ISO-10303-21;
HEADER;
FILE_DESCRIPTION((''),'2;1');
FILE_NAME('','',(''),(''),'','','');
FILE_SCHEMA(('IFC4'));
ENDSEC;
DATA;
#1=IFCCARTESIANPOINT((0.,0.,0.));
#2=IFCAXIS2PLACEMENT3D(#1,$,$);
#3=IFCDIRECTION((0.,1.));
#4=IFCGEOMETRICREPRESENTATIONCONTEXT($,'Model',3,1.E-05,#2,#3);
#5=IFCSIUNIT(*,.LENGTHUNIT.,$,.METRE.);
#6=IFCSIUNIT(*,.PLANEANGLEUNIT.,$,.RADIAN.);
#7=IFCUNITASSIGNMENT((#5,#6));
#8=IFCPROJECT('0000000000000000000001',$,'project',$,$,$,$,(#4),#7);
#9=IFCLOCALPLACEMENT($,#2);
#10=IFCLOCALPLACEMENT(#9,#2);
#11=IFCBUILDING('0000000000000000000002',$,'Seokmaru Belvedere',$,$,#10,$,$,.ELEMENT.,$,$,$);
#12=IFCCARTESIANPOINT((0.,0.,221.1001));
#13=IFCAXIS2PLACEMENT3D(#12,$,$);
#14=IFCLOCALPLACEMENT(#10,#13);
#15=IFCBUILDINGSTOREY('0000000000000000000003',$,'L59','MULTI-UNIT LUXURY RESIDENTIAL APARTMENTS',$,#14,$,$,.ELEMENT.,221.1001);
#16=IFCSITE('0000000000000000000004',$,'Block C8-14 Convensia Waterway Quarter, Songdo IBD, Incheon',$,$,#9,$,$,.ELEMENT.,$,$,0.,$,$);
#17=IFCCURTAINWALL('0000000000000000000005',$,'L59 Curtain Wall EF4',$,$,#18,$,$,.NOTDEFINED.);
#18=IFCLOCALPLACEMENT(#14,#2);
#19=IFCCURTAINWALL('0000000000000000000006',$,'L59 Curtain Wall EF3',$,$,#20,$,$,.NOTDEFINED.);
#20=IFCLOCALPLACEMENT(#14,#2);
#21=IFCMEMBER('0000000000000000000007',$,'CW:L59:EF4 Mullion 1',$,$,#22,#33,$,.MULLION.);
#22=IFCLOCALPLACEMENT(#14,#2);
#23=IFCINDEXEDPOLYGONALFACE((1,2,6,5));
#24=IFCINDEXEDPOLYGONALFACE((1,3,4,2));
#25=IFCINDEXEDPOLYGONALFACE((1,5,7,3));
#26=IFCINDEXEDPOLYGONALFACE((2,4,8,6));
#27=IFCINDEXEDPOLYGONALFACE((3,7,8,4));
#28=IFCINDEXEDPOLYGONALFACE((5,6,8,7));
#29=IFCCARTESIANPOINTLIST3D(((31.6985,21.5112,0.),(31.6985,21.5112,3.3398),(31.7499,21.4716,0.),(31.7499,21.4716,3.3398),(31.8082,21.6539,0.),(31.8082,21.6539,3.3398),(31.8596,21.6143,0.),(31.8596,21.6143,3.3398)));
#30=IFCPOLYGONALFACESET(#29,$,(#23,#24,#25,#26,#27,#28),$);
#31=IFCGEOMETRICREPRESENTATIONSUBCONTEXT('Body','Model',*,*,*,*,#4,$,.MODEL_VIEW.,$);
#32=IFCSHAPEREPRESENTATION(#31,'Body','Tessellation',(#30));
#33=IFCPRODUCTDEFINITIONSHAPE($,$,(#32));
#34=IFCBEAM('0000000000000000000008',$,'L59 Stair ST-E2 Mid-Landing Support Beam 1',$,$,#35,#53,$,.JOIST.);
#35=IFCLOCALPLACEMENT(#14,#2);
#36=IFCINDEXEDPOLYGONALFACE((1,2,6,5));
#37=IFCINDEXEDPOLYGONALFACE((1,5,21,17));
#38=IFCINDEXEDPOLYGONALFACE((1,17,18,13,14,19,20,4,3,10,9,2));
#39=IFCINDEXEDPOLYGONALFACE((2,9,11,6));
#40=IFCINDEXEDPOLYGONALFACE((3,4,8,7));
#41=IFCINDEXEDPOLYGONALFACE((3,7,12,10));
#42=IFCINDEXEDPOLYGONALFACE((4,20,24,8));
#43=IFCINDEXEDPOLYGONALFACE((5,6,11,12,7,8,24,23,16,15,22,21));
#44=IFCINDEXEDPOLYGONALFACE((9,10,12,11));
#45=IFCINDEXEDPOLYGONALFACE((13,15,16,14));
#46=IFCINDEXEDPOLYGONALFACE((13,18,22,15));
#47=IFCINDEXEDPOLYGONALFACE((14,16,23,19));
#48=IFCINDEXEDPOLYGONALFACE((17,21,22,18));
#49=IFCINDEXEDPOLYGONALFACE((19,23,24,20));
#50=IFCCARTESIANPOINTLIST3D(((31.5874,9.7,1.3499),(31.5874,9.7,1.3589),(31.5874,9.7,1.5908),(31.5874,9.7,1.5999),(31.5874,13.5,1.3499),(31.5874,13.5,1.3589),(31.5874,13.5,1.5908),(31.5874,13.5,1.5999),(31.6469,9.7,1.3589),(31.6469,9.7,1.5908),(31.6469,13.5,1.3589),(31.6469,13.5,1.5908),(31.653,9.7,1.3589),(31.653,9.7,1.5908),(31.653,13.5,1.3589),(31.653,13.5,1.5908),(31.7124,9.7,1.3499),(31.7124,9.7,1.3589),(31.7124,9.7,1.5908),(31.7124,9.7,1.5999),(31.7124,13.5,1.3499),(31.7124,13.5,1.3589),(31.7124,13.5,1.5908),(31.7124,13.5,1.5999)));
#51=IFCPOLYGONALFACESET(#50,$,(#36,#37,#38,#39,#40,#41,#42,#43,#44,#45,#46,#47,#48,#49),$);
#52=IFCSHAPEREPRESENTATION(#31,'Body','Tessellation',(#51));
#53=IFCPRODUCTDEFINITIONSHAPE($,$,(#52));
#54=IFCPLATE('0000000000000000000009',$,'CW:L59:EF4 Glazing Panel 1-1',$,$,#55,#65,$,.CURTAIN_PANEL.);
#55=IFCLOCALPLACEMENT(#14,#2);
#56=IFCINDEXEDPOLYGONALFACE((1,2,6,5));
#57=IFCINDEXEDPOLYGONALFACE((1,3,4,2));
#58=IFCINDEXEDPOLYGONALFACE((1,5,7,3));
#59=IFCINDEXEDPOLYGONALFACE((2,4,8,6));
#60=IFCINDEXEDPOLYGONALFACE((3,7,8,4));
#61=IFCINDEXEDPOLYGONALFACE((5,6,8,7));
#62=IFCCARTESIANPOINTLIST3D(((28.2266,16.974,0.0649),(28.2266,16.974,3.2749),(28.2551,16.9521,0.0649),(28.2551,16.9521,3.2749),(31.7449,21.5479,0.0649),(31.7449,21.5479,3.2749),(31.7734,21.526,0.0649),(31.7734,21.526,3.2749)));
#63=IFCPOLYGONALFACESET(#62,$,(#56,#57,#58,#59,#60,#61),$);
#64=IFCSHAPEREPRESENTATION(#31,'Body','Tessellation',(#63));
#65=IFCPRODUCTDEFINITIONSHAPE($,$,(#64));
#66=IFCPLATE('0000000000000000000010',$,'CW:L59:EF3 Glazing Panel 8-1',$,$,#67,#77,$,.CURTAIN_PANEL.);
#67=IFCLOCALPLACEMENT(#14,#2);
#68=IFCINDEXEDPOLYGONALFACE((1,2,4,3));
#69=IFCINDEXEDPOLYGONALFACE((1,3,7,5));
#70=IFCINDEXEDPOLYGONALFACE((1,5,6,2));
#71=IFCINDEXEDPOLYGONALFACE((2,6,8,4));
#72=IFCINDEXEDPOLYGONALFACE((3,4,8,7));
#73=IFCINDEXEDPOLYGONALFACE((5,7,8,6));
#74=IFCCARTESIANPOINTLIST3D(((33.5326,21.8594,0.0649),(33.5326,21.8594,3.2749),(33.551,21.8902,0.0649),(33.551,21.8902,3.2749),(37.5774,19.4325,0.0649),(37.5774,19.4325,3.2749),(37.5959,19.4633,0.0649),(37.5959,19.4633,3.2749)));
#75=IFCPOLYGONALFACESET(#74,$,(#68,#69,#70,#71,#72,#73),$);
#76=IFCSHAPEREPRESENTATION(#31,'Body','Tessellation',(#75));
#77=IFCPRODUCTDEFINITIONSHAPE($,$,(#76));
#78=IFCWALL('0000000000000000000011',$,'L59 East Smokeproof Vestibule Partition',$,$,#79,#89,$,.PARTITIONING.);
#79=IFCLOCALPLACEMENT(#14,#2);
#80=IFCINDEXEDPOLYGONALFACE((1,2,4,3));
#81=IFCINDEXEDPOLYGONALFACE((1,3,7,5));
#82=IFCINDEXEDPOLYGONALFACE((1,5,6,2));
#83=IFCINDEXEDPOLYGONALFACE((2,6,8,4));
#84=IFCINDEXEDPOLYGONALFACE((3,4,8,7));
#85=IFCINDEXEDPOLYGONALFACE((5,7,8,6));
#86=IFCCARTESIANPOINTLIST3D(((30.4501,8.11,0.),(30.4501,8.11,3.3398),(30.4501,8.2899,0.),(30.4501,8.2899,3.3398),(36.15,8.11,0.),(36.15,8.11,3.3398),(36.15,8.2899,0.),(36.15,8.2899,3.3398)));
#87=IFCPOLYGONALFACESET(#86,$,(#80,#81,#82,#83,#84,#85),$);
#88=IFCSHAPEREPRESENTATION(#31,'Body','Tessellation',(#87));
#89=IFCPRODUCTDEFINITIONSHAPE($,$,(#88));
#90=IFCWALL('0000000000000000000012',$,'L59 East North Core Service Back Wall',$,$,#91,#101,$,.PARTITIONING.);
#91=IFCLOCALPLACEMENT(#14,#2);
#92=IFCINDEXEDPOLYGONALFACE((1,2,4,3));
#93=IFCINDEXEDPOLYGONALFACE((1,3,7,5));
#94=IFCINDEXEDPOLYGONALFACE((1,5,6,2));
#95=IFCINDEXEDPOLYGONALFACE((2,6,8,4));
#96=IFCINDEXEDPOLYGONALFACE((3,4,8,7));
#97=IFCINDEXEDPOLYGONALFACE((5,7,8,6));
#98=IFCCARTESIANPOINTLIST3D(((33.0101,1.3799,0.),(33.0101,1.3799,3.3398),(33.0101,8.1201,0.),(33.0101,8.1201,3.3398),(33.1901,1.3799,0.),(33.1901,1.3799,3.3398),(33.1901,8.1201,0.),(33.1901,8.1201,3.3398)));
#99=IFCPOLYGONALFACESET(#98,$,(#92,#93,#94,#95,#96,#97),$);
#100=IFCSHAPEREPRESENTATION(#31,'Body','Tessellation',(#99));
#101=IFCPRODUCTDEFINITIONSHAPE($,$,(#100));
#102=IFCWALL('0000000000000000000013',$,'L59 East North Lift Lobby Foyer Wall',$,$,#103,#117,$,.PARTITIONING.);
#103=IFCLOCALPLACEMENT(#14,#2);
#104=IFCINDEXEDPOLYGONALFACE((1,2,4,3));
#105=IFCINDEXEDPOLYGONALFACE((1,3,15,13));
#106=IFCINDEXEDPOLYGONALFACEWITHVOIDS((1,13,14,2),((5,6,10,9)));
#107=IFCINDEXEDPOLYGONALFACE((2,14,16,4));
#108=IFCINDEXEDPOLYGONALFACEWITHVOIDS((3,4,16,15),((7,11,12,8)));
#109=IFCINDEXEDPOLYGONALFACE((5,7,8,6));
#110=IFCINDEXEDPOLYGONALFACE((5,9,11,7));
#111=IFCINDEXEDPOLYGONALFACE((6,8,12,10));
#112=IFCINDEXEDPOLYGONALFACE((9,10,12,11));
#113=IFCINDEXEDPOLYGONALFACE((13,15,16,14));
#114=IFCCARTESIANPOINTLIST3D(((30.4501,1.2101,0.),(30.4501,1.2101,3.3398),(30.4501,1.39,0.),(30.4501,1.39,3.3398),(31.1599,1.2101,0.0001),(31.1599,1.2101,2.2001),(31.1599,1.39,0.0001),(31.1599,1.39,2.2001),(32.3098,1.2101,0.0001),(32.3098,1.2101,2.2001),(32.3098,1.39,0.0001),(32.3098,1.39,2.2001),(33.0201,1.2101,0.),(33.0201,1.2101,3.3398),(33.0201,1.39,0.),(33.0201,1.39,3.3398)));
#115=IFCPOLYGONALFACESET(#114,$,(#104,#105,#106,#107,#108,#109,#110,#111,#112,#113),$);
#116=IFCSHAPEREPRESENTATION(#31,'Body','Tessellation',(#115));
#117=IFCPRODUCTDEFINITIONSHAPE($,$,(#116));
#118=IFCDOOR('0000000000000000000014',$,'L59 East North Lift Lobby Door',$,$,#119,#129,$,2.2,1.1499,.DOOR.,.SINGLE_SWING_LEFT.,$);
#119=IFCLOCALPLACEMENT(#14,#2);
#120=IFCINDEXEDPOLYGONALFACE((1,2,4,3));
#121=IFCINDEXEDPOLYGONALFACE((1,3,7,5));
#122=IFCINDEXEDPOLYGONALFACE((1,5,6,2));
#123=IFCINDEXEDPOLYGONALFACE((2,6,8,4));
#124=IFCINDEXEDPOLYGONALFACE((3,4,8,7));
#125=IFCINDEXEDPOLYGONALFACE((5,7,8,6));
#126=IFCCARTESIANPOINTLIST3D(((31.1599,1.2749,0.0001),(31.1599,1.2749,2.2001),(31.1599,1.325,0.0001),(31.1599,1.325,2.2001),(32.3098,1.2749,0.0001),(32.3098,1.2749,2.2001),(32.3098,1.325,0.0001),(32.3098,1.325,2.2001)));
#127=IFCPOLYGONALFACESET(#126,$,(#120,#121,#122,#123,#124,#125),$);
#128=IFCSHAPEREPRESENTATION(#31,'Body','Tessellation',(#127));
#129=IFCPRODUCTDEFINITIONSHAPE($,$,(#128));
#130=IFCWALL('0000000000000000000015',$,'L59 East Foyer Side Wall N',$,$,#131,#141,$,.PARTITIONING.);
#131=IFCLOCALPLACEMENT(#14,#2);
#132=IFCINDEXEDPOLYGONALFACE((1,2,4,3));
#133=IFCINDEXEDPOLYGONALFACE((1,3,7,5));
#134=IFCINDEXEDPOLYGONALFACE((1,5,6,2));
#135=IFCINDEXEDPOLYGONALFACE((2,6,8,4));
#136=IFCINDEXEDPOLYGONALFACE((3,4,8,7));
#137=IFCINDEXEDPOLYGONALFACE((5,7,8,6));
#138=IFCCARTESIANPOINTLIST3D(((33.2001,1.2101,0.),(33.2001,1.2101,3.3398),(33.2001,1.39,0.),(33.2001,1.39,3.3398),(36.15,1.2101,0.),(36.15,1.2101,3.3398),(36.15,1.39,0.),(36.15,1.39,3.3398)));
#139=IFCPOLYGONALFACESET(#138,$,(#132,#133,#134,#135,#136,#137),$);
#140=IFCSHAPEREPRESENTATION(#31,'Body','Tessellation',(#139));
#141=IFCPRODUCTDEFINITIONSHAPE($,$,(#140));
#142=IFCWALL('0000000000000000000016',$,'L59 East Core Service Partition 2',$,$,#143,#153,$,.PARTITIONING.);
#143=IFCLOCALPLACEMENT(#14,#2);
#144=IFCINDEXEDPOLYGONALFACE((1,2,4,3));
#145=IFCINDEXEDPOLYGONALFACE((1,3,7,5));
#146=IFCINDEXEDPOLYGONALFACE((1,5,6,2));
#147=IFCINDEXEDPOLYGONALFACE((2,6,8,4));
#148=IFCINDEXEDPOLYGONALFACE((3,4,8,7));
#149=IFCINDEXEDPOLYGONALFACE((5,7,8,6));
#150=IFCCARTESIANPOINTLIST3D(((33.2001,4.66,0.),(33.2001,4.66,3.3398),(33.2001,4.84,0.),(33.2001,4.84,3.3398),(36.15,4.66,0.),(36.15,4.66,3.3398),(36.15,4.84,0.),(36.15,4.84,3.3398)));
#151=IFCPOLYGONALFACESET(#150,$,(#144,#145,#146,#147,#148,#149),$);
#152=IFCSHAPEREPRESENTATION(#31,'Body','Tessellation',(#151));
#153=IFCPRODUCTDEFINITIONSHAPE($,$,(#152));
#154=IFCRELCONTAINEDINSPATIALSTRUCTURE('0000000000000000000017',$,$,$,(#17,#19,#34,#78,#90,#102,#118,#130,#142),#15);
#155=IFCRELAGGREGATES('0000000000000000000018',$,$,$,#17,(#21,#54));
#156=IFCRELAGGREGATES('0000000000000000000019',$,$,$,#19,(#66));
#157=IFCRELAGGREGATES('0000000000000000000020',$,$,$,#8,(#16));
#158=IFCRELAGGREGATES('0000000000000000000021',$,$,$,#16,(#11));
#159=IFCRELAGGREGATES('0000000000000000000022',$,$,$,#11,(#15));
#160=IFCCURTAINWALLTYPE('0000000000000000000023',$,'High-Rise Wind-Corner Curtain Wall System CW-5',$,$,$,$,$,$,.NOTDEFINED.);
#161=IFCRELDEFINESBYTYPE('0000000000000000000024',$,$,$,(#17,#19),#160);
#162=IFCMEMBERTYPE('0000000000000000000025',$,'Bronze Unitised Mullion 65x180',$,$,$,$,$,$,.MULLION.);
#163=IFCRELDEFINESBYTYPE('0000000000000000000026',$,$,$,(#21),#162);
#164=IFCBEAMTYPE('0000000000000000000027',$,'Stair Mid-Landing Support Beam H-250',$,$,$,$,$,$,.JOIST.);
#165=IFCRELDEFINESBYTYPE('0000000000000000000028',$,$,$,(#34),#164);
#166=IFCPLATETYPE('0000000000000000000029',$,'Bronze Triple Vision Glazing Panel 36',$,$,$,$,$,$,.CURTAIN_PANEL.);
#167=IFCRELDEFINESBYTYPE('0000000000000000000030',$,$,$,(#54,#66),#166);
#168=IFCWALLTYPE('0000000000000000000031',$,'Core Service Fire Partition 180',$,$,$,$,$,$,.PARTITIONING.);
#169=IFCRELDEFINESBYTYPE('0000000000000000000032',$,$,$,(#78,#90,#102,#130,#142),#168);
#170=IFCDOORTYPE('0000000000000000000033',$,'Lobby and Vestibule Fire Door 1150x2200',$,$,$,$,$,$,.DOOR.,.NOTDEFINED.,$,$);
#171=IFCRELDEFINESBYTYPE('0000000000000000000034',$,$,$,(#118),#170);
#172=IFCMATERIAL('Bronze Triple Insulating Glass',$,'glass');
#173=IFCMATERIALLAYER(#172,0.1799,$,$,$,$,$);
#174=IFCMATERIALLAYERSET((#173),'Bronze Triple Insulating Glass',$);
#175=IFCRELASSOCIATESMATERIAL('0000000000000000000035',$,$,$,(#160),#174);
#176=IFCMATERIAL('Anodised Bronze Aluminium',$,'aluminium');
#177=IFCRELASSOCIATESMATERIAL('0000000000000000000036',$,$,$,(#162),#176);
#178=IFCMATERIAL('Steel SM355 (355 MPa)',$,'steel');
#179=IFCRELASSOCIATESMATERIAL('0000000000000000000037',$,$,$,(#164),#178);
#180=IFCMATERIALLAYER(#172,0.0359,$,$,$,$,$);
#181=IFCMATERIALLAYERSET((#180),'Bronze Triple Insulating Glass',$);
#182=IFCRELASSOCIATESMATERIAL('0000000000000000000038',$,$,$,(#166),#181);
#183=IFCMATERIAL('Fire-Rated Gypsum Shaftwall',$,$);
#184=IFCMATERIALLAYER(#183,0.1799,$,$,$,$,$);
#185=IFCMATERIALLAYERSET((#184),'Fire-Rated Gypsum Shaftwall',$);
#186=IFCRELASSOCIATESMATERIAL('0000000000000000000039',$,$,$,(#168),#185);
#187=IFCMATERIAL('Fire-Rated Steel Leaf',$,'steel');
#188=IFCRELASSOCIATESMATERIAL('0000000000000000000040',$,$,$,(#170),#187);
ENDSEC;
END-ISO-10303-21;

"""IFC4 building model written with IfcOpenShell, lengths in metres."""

from ifc_helpers import new_model, si_unit, direction, frame, frame_2d, origin, origin_2d, place, context, subcontext, project, spatial, rectangle, i_section, extrude, source, transform, mapped, material, layer, layer_set, material_profile, profile_set, type_object, type_shapes, element, fill, aggregate, save


model = new_model("IFC4")

# Units and contexts
model_context = context("Model", 3, precision=1e-05, world=origin(), true_north=direction((0.0, 1.0)))
body_context = subcontext(model_context, "Body", "Model", "MODEL_VIEW")
ifc_project = project(units=[si_unit("LENGTHUNIT", "METRE"), si_unit("PLANEANGLEUNIT", "RADIAN")], contexts=[model_context])

# Site, building, storey
site_placement = place(None, origin())
site = spatial("IfcSite", under=ifc_project, at=site_placement, Name="Block C8-14 Convensia Waterway Quarter, Songdo IBD, Incheon", CompositionType="ELEMENT", RefElevation=0.0)
building_placement = place(site_placement, origin())
building = spatial("IfcBuilding", under=site, at=building_placement, Name="Seokmaru Belvedere", CompositionType="ELEMENT")
storey_placement = place(building_placement, frame((0.0, 0.0, 221.1001)))
storey = spatial("IfcBuildingStorey", under=building, at=storey_placement, Name="L59", Description="MULTI-UNIT LUXURY RESIDENTIAL APARTMENTS", CompositionType="ELEMENT", Elevation=221.1001)

# Shared definitions
ifc_material_1 = material(Name="Steel SM355 (355 MPa)", Category="steel")

# Curtain wall
ifc_material_2 = material(Name="Bronze Triple Insulating Glass", Category="glass")
ifc_layer_1 = layer(ifc_material_2, 0.1799)
ifc_layer_set_1 = layer_set([ifc_layer_1], Name="Bronze Triple Insulating Glass")
curtain_wall_type = type_object("IfcCurtainWallType", Name="High-Rise Wind-Corner Curtain Wall System CW-5", PredefinedType="NOTDEFINED", material=ifc_layer_set_1)
curtain_wall_1_placement = place(storey_placement, origin())
curtain_wall_1 = element("IfcCurtainWall", 1, at=curtain_wall_1_placement, inside=storey, type_object=curtain_wall_type, Name="L59 Curtain Wall EF4", PredefinedType="NOTDEFINED")
ifc_material_3 = material(Name="Anodised Bronze Aluminium", Category="aluminium")

# Curtain wall
curtain_wall_2_placement = place(storey_placement, origin())
curtain_wall_2 = element("IfcCurtainWall", 2, at=curtain_wall_2_placement, inside=storey, type_object=curtain_wall_type, Name="L59 Curtain Wall EF3", PredefinedType="NOTDEFINED")
ifc_material_profile_1 = material_profile(ifc_material_3, rectangle(XDim=0.0649, YDim=0.1799, at=origin_2d()), Name="CW-M-65x180")
ifc_profile_set_1 = profile_set([ifc_material_profile_1], Name="Anodised Bronze Aluminium")
member_type_1 = type_object("IfcMemberType", Name="Bronze Unitised Mullion 65x180", PredefinedType="MULLION", material=ifc_profile_set_1)
shared_shape_1 = source(origin(), body_context, "Body", "SweptSolid", [
    extrude(rectangle(XDim=0.0649, YDim=0.1799, at=origin_2d()), origin(), (0.0, 0.0, 1.0), 3.3398),
])
type_shapes(member_type_1, [shared_shape_1])

# Member
member_1_placement = place(storey_placement, frame((31.7791, 21.5627, 0.0), z_axis=(0.0, 0.0, 1.0), x_axis=(0.792631, -0.609701, 0.0)))
member_1 = element("IfcMember", 3, at=member_1_placement, type_object=member_type_1, Name="CW:L59:EF4 Mullion 1", PredefinedType="MULLION", context=body_context, shape_type="MappedRepresentation", body=[
    mapped(shared_shape_1, transform((0.0, 0.0, 0.0), scale=1.0)),
])

# Beam
ifc_material_profile_2 = material_profile(ifc_material_1, i_section(OverallWidth=0.125, OverallDepth=0.25, WebThickness=0.0061, FlangeThickness=0.009, at=origin_2d()), Name="H-250x125x6x9")
ifc_profile_set_2 = profile_set([ifc_material_profile_2], Name="Steel SM355 (355 MPa)")
beam_type_1 = type_object("IfcBeamType", Name="Stair Mid-Landing Support Beam H-250", PredefinedType="JOIST", material=ifc_profile_set_2)
shared_shape_2 = source(origin(), body_context, "Body", "SweptSolid", [
    extrude(i_section(OverallWidth=0.125, OverallDepth=0.25, WebThickness=0.0061, FlangeThickness=0.009, at=origin_2d()), origin(), (0.0, 0.0, 1.0), 3.8),
])
type_shapes(beam_type_1, [shared_shape_2])
beam_1_placement = place(storey_placement, frame((31.6499, 9.7, 1.4749), z_axis=(0.0, 1.0, 0.0), x_axis=(-1.0, 0.0, 0.0)))
element("IfcBeam", 4, at=beam_1_placement, inside=storey, type_object=beam_type_1, Name="L59 Stair ST-E2 Mid-Landing Support Beam 1", PredefinedType="JOIST", context=body_context, shape_type="MappedRepresentation", body=[
    mapped(shared_shape_2, transform((0.0, 0.0, 0.0), scale=1.0)),
])

# Plates
ifc_layer_2 = layer(ifc_material_2, 0.0359)
ifc_layer_set_2 = layer_set([ifc_layer_2], Name="Bronze Triple Insulating Glass")
plate_type = type_object("IfcPlateType", Name="Bronze Triple Vision Glazing Panel 36", PredefinedType="CURTAIN_PANEL", material=ifc_layer_set_2)
shared_shape_3 = source(origin(), body_context, "Body", "SweptSolid", [
    extrude(rectangle(XDim=5.7705, YDim=0.0359, at=origin_2d()), origin(), (0.0, 0.0, 1.0), 3.21),
])
plate_1_placement = place(storey_placement, frame((30.0, 19.25, 0.0649), z_axis=(0.0, 0.0, 1.0), x_axis=(-0.609701, -0.792631, 0.0)))
plate_1 = element("IfcPlate", 5, at=plate_1_placement, type_object=plate_type, Name="CW:L59:EF4 Glazing Panel 1-1", PredefinedType="CURTAIN_PANEL", context=body_context, shape_type="MappedRepresentation", body=[
    mapped(shared_shape_3, transform((0.0, 0.0, 0.0), scale=1.0)),
])
aggregate(curtain_wall_1, [member_1, plate_1])
shared_shape_4 = source(origin(), body_context, "Body", "SweptSolid", [
    extrude(rectangle(XDim=4.717, YDim=0.0359, at=origin_2d()), origin(), (0.0, 0.0, 1.0), 3.21),
])
type_shapes(plate_type, [shared_shape_3, shared_shape_4])
plate_2_placement = place(storey_placement, frame((35.5642, 20.6614, 0.0649), z_axis=(0.0, 0.0, 1.0), x_axis=(-0.857493, 0.514495, 0.0)))
plate_2 = element("IfcPlate", 6, at=plate_2_placement, type_object=plate_type, Name="CW:L59:EF3 Glazing Panel 8-1", PredefinedType="CURTAIN_PANEL", context=body_context, shape_type="MappedRepresentation", body=[
    mapped(shared_shape_4, transform((0.0, 0.0, 0.0), scale=1.0)),
])
aggregate(curtain_wall_2, [plate_2])

# Walls
ifc_material_4 = material(Name="Fire-Rated Gypsum Shaftwall")
ifc_layer_3 = layer(ifc_material_4, 0.1799)
ifc_layer_set_3 = layer_set([ifc_layer_3], Name="Fire-Rated Gypsum Shaftwall")
wall_type_1 = type_object("IfcWallType", Name="Core Service Fire Partition 180", PredefinedType="PARTITIONING", material=ifc_layer_set_3)
wall_1_placement = place(storey_placement, frame((30.45, 8.2, 0.0), z_axis=(0.0, 0.0, 1.0), x_axis=(1.0, 0.0, 0.0)))
element("IfcWall", 7, at=wall_1_placement, inside=storey, type_object=wall_type_1, Name="L59 East Smokeproof Vestibule Partition", PredefinedType="PARTITIONING", context=body_context, shape_type="SweptSolid", body=[
    extrude(rectangle(XDim=5.7, YDim=0.1799, at=frame_2d((2.8501, 0.0))), origin(), (0.0, 0.0, 1.0), 3.3398),
])
wall_2_placement = place(storey_placement, frame((33.1001, 1.3799, 0.0), z_axis=(0.0, 0.0, 1.0), x_axis=(0.0, 1.0, 0.0)))
element("IfcWall", 8, at=wall_2_placement, inside=storey, type_object=wall_type_1, Name="L59 East North Core Service Back Wall", PredefinedType="PARTITIONING", context=body_context, shape_type="SweptSolid", body=[
    extrude(rectangle(XDim=6.7402, YDim=0.1799, at=frame_2d((3.3701, 0.0))), origin(), (0.0, 0.0, 1.0), 3.3398),
])

# Wall, opening, door
wall_3_placement = place(storey_placement, frame((30.45, 1.3, 0.0), z_axis=(0.0, 0.0, 1.0), x_axis=(1.0, 0.0, 0.0)))
wall_3 = element("IfcWall", 9, at=wall_3_placement, inside=storey, type_object=wall_type_1, Name="L59 East North Lift Lobby Foyer Wall", PredefinedType="PARTITIONING", context=body_context, shape_type="SweptSolid", body=[
    extrude(rectangle(XDim=2.5701, YDim=0.1799, at=frame_2d((1.2852, 0.0))), origin(), (0.0, 0.0, 1.0), 3.3398),
])
opening_1_placement = place(wall_3_placement, frame((0.71, 0.0, 0.0)))
opening_1 = element("IfcOpeningElement", 10, at=opening_1_placement, cuts=wall_3, PredefinedType="OPENING", context=body_context, shape_type="SweptSolid", body=[
    extrude(rectangle(XDim=1.1499, YDim=2.2, at=frame_2d((0.575, 1.1001))), frame((0.0, 0.1001, 0.0), z_axis=(0.0, -1.0, 0.0), x_axis=(1.0, 0.0, 0.0)), (0.0, 0.0, 1.0), 0.2),
])
ifc_material_5 = material(Name="Fire-Rated Steel Leaf", Category="steel")
door_type_1 = type_object("IfcDoorType", Name="Lobby and Vestibule Fire Door 1150x2200", OperationType="NOTDEFINED", PredefinedType="DOOR", material=ifc_material_5)
shared_shape_5 = source(origin(), body_context, "Body", "SweptSolid", [
    extrude(rectangle(XDim=1.1499, YDim=2.2, at=frame_2d((0.575, 1.1001))), frame((0.0, 0.0249, 0.0), z_axis=(0.0, -1.0, 0.0), x_axis=(1.0, 0.0, 0.0)), (0.0, 0.0, 1.0), 0.05),
])
type_shapes(door_type_1, [shared_shape_5])
door_1_placement = place(opening_1_placement, origin())
door_1 = element("IfcDoor", 11, at=door_1_placement, inside=storey, type_object=door_type_1, Name="L59 East North Lift Lobby Door", OperationType="SINGLE_SWING_LEFT", OverallHeight=2.2, OverallWidth=1.1499, PredefinedType="DOOR", context=body_context, shape_type="MappedRepresentation", body=[
    mapped(shared_shape_5, transform((0.0, 0.0, 0.0), scale=1.0)),
])
fill(opening_1, door_1)

# Walls
for number, where, z_axis, x_axis, name in (
    (12, (33.2, 1.3, 0.0), (0.0, 0.0, 1.0), (1.0, 0.0, 0.0), "L59 East Foyer Side Wall N"),
    (13, (33.2, 4.75, 0.0), (0.0, 0.0, 1.0), (1.0, 0.0, 0.0), "L59 East Core Service Partition 2"),
):
    element("IfcWall", number, at=place(storey_placement, frame(where, z_axis=z_axis, x_axis=x_axis)), inside=storey, type_object=wall_type_1, Name=name, PredefinedType="PARTITIONING", context=body_context, shape_type="SweptSolid", body=[
        extrude(rectangle(XDim=2.95, YDim=0.1799, at=frame_2d((1.4751, 0.0))), origin(), (0.0, 0.0, 1.0), 3.3398),
    ])

save(model, "model.ifc")
